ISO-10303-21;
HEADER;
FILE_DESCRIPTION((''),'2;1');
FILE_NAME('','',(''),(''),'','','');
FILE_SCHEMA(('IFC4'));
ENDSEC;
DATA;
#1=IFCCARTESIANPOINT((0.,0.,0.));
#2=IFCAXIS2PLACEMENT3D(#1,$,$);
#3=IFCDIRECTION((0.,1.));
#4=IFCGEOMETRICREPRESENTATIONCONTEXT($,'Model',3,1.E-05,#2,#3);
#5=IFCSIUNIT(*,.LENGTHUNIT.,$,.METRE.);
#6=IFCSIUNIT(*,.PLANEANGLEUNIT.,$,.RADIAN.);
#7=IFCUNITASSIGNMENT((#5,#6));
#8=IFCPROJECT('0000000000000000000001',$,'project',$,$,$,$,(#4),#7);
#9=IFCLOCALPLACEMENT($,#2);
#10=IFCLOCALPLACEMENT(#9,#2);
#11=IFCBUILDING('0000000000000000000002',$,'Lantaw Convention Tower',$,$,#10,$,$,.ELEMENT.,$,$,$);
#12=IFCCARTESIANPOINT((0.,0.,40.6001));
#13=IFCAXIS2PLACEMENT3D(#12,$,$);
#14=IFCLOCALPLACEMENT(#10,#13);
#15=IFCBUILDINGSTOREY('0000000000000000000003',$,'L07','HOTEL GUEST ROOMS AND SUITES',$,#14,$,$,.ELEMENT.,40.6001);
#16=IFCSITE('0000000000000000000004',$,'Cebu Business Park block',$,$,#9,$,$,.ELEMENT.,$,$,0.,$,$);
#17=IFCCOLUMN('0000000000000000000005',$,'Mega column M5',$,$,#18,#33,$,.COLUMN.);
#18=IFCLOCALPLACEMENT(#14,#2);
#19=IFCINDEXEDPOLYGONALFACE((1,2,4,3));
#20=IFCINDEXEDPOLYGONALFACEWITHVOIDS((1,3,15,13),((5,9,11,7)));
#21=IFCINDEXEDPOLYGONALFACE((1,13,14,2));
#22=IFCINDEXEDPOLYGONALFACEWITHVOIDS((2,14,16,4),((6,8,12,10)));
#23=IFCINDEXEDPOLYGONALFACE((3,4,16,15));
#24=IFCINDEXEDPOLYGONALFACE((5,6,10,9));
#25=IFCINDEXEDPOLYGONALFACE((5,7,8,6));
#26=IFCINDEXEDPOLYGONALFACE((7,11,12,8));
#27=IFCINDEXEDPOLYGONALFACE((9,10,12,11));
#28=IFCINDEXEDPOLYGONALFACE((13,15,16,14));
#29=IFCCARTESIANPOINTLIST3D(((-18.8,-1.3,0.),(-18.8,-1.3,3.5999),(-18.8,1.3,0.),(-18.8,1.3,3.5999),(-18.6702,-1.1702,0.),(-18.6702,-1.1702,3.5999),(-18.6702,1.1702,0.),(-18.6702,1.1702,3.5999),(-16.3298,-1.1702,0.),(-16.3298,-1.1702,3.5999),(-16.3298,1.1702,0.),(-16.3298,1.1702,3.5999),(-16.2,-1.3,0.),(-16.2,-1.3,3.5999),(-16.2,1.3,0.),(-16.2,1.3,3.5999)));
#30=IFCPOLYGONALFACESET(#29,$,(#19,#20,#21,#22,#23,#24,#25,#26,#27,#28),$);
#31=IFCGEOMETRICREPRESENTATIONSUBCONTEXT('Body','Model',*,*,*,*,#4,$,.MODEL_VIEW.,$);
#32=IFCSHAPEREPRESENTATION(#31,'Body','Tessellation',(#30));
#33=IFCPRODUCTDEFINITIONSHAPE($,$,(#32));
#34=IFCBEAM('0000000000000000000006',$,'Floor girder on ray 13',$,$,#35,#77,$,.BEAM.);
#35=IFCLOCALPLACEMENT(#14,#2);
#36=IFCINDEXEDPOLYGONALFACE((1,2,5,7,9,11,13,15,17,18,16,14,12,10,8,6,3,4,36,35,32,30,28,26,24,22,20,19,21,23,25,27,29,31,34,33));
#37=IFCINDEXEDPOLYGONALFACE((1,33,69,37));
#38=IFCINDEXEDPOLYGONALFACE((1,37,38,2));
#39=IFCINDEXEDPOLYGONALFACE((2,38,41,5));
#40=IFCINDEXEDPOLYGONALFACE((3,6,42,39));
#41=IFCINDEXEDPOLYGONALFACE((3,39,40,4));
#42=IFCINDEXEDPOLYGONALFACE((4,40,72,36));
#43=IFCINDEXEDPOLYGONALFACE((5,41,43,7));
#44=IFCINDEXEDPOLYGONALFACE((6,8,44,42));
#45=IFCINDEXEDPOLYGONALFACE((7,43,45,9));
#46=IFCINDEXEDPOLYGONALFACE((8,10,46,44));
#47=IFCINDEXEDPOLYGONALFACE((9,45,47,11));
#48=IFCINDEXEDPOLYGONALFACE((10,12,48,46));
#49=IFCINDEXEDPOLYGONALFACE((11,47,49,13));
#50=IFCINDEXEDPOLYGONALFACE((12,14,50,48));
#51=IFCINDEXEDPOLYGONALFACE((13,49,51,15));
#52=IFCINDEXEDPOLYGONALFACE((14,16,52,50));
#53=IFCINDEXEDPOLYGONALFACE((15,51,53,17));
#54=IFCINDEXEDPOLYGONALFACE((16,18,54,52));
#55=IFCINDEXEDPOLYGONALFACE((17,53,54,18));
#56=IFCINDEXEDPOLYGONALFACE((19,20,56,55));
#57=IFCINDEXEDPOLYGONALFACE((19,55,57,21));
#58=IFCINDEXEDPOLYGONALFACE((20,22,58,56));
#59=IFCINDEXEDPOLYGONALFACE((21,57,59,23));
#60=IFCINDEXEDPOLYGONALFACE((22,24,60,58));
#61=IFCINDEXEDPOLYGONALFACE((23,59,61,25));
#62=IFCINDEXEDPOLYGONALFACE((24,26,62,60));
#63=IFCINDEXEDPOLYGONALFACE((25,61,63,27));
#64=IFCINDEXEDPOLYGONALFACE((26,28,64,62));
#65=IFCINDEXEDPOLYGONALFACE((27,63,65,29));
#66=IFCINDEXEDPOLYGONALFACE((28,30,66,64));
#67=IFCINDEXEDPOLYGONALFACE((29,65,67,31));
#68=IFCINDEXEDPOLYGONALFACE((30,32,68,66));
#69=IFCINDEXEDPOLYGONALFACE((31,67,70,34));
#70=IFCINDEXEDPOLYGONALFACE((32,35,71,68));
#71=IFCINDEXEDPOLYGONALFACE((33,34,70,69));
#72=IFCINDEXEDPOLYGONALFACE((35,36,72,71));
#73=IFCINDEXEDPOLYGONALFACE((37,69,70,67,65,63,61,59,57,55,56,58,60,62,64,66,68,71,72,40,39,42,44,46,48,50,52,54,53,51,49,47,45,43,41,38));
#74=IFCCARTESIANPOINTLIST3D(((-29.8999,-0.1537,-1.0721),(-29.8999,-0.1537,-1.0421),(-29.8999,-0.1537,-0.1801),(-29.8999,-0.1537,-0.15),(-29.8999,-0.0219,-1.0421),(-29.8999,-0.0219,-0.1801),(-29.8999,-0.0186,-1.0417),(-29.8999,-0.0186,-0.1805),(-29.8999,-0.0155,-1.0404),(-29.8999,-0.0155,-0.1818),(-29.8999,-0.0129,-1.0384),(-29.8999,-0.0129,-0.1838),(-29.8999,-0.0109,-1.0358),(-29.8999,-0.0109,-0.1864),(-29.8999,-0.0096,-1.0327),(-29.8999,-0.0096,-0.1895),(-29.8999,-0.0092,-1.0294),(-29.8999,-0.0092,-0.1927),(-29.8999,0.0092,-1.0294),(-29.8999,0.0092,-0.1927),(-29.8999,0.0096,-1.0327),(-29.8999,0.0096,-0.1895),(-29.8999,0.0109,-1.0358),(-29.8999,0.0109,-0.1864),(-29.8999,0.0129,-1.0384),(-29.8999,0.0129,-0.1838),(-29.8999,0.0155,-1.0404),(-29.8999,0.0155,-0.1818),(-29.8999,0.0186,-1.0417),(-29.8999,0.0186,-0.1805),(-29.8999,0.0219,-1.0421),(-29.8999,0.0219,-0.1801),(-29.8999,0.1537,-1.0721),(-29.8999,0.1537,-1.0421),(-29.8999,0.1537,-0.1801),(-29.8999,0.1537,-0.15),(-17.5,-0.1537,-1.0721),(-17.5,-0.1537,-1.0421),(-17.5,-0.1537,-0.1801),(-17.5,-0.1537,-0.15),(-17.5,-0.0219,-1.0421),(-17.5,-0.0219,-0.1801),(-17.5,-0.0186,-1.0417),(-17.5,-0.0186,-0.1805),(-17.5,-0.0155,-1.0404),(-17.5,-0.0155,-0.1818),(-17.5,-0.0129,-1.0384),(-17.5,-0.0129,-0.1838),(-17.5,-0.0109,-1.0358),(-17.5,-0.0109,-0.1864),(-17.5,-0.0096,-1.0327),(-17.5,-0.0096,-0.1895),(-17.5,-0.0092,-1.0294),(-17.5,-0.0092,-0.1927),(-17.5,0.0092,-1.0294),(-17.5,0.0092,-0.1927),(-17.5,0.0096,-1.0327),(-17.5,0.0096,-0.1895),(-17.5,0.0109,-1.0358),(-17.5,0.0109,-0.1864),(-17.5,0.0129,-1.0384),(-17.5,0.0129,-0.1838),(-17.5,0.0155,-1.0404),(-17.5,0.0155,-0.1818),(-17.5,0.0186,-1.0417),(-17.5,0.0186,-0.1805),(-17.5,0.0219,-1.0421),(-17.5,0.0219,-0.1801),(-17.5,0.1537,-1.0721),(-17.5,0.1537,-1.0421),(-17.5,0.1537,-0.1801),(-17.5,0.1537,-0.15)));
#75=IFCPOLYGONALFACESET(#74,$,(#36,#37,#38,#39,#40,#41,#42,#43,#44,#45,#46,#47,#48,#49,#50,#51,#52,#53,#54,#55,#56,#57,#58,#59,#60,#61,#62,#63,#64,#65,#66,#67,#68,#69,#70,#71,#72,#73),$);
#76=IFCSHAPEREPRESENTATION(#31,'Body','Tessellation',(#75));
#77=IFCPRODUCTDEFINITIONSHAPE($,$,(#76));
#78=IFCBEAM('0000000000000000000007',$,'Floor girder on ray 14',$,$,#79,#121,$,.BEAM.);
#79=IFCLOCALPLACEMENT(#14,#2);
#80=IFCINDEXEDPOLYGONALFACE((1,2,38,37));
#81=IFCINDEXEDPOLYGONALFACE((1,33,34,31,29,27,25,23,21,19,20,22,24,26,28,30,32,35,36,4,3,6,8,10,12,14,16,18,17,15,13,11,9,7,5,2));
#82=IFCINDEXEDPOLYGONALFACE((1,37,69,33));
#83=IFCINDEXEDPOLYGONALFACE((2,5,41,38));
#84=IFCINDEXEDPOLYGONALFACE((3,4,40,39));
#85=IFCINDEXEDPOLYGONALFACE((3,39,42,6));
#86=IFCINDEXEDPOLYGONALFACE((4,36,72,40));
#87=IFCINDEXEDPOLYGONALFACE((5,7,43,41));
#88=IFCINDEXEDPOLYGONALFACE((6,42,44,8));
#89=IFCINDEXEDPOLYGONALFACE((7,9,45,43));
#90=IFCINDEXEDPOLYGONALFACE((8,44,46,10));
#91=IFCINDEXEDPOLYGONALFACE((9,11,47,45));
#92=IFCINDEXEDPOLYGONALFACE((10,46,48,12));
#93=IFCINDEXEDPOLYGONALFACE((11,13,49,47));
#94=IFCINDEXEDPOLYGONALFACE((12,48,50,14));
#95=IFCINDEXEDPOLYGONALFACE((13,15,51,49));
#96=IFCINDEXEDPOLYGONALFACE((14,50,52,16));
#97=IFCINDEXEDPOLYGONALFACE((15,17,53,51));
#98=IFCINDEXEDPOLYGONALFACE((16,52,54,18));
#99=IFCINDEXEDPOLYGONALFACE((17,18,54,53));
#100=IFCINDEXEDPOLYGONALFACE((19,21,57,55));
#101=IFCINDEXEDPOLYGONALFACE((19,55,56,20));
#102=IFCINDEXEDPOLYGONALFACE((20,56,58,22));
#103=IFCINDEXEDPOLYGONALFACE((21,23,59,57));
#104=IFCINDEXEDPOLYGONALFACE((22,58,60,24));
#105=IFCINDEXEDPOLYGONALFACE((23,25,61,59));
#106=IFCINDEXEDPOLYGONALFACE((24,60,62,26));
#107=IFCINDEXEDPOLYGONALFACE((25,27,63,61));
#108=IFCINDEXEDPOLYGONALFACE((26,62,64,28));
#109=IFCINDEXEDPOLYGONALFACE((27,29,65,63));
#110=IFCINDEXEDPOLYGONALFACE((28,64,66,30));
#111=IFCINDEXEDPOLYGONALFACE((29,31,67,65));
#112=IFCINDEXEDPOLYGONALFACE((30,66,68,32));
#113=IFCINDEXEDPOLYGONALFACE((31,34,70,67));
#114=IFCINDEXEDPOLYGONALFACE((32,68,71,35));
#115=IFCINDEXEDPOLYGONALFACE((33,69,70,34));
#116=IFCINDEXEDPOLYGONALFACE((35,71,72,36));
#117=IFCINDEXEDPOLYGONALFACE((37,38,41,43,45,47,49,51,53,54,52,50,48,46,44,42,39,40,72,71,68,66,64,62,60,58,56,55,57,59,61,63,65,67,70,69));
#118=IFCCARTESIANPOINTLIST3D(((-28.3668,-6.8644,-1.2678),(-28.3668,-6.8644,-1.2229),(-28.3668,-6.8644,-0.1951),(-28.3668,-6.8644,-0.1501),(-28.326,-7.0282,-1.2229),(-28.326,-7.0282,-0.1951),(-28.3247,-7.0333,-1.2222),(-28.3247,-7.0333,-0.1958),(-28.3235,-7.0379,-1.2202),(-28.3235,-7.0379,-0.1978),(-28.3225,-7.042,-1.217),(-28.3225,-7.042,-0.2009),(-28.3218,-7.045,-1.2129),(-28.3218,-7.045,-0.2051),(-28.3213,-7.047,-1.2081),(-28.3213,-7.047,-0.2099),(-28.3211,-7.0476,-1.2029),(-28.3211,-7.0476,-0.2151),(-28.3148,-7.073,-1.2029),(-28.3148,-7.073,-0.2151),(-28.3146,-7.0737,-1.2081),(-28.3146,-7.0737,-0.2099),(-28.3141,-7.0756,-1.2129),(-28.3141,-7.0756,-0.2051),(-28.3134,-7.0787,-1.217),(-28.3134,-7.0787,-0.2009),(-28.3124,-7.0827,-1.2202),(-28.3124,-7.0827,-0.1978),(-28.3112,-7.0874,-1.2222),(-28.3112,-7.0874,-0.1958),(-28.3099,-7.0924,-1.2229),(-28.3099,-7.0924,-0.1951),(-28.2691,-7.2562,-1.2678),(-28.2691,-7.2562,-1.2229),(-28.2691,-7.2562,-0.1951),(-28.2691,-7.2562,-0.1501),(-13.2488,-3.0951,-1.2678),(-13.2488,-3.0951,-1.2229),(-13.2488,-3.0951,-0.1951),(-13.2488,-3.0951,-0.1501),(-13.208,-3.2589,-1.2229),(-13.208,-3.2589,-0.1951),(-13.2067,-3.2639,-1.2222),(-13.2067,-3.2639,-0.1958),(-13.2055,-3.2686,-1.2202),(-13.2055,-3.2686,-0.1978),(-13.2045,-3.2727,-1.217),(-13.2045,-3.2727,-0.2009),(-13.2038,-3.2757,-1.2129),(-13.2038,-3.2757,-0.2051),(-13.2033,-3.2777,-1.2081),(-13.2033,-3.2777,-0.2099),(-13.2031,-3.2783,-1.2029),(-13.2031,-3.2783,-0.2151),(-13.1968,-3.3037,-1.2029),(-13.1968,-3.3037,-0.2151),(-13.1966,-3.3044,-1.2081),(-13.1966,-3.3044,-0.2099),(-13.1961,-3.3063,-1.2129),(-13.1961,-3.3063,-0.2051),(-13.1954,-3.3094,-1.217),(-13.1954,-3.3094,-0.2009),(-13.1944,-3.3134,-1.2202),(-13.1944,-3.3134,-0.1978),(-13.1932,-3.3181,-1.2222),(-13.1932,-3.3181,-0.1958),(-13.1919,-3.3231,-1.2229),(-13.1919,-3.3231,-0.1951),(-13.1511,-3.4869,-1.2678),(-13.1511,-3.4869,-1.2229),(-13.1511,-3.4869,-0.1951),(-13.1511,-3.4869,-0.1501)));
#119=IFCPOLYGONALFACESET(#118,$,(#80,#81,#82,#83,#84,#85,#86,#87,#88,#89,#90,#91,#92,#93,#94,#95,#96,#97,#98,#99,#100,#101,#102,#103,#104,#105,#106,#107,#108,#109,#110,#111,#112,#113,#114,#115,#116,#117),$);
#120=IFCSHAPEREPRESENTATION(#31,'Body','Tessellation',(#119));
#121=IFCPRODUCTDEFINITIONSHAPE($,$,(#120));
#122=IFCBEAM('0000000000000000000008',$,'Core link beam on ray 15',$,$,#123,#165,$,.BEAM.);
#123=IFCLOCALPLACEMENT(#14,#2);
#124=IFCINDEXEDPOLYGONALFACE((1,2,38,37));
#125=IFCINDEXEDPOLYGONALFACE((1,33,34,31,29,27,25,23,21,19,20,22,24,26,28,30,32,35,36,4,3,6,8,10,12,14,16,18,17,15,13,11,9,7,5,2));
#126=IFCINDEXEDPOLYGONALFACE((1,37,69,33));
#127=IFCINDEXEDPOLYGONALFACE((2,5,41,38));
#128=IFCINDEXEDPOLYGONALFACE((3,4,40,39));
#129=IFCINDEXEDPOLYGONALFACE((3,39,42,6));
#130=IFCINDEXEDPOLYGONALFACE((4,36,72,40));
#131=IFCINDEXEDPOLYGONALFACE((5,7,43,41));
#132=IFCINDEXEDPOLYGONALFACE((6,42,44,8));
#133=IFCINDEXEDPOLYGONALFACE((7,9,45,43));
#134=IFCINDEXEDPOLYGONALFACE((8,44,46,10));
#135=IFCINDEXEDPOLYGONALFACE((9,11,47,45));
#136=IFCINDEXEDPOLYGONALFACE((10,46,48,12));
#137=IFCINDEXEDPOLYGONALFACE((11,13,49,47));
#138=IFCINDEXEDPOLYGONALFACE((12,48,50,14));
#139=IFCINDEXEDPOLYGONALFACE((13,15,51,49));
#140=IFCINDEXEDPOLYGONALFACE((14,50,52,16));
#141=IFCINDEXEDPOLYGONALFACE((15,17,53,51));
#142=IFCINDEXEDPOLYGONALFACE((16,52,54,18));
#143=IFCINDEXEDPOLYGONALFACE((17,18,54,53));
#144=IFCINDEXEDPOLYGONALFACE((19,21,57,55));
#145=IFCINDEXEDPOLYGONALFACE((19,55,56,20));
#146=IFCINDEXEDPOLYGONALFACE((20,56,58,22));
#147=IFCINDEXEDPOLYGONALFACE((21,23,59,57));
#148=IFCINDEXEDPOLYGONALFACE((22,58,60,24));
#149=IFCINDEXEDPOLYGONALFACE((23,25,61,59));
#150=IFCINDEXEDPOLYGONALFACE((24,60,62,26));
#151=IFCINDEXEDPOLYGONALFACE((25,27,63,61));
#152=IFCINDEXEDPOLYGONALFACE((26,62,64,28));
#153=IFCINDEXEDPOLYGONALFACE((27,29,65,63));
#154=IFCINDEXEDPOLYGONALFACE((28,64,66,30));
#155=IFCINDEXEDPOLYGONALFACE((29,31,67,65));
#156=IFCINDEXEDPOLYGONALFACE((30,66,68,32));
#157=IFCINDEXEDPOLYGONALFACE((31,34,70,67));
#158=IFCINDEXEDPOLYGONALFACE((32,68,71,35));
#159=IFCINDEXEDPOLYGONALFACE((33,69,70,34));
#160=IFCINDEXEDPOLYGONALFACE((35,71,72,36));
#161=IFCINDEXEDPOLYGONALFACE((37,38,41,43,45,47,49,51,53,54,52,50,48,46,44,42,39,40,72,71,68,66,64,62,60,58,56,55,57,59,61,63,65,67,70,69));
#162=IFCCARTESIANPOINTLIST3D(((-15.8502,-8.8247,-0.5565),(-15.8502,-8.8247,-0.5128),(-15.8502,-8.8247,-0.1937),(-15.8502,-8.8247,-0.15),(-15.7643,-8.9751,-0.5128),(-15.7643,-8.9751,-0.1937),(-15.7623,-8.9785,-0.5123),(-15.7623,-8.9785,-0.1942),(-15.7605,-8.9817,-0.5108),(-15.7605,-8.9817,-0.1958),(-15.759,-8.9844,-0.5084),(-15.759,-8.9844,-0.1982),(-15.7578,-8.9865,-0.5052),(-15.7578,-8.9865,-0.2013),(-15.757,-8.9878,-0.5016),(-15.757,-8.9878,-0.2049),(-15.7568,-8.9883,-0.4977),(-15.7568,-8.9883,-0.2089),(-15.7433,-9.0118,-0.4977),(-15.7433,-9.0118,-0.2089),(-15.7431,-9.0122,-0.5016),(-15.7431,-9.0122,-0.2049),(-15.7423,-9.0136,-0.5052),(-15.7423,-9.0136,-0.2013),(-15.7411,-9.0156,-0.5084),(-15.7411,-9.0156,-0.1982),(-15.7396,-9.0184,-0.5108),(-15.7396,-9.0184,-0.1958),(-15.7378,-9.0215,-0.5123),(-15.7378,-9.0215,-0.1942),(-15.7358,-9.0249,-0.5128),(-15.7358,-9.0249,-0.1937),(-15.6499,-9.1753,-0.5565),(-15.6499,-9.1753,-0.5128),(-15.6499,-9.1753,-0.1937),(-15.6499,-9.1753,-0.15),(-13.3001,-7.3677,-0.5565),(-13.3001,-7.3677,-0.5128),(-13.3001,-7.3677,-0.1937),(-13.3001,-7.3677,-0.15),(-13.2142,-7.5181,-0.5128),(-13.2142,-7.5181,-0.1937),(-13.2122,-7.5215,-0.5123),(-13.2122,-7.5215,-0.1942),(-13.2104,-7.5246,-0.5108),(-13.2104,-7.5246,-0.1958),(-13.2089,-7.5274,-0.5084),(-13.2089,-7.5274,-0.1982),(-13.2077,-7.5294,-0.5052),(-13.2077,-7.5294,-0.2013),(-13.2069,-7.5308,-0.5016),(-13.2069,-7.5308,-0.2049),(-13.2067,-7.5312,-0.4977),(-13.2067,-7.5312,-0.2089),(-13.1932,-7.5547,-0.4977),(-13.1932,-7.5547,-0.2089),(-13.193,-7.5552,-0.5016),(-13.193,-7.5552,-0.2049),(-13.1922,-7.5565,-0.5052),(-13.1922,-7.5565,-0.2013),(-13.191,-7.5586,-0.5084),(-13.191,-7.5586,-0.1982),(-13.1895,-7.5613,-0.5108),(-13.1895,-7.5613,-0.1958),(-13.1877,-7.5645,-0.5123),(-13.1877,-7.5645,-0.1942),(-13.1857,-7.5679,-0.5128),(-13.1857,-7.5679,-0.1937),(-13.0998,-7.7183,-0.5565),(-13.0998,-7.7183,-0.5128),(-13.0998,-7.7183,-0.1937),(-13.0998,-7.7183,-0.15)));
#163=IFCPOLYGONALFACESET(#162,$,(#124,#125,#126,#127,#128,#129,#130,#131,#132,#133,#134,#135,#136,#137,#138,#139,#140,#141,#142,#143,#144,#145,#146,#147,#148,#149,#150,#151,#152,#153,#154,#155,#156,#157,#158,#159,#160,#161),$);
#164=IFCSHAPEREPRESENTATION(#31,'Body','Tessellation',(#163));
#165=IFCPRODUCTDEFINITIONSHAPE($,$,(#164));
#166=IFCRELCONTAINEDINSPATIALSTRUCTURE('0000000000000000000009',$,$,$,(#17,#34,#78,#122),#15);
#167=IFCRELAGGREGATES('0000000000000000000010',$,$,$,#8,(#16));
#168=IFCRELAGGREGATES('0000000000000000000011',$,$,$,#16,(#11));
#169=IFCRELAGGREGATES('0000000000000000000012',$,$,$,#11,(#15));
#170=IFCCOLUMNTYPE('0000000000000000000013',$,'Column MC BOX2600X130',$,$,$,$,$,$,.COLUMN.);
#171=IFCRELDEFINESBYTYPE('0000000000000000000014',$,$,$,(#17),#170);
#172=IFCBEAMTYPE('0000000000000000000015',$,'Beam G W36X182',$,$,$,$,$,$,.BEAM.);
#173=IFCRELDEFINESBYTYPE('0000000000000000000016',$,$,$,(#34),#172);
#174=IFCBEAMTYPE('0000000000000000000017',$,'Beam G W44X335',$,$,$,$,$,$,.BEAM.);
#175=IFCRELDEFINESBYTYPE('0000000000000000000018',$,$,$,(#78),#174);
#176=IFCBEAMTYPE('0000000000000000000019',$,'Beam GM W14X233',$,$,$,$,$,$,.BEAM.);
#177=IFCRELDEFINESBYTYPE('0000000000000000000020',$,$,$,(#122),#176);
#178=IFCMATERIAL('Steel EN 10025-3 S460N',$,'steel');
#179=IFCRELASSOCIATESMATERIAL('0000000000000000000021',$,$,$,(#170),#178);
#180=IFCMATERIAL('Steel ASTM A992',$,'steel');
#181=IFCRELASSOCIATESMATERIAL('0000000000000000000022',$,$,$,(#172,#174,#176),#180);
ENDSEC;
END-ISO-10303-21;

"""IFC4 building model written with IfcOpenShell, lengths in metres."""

from ifc_helpers import new_model, si_unit, direction, frame, origin, origin_2d, place, context, subcontext, project, spatial, rectangle, hollow_rectangle, i_section, extrude, material, material_profile, profile_set, type_object, element, save


model = new_model("IFC4")

# Units and contexts
model_context = context("Model", 3, precision=1e-05, world=origin(), true_north=direction((0.0, 1.0)))
body_context = subcontext(model_context, "Body", "Model", "MODEL_VIEW")
ifc_project = project(units=[si_unit("LENGTHUNIT", "METRE"), si_unit("PLANEANGLEUNIT", "RADIAN")], contexts=[model_context])

# Site, building, storey
site_placement = place(None, origin())
site = spatial("IfcSite", under=ifc_project, at=site_placement, Name="Cebu Business Park block", CompositionType="ELEMENT", RefElevation=0.0)
building_placement = place(site_placement, origin())
building = spatial("IfcBuilding", under=site, at=building_placement, Name="Lantaw Convention Tower", CompositionType="ELEMENT")
storey_placement = place(building_placement, frame((0.0, 0.0, 40.6001)))
storey = spatial("IfcBuildingStorey", under=building, at=storey_placement, Name="L07", Description="HOTEL GUEST ROOMS AND SUITES", CompositionType="ELEMENT", Elevation=40.6001)

# Column
ifc_material_1 = material(Name="Steel EN 10025-3 S460N", Category="steel")
ifc_material_profile_1 = material_profile(ifc_material_1, hollow_rectangle(XDim=2.6001, YDim=2.6001, WallThickness=0.1299, at=origin_2d()), Name="BOX2600X130")
ifc_material_2 = material(Name="Concrete C60/75", Category="concrete")
ifc_material_profile_2 = material_profile(ifc_material_2, rectangle(XDim=2.3401, YDim=2.3401, at=origin_2d()), Name="Concrete fill of BOX2600X130")
ifc_profile_set_1 = profile_set([ifc_material_profile_1, ifc_material_profile_2], Name="Steel EN 10025-3 S460N")
column_type = type_object("IfcColumnType", Name="Column MC BOX2600X130", PredefinedType="COLUMN", material=ifc_profile_set_1)
column_placement = place(storey_placement, frame((-17.5, 0.0, 0.0), z_axis=(0.0, 0.0, 1.0), x_axis=(1.0, 0.0, 0.0)))
element("IfcColumn", 1, at=column_placement, inside=storey, type_object=column_type, Name="Mega column M5", PredefinedType="COLUMN", context=body_context, shape_type="SweptSolid", body=[
    extrude(hollow_rectangle(XDim=2.6001, YDim=2.6001, WallThickness=0.1299, at=origin_2d()), origin(), (0.0, 0.0, 1.0), 3.5999),
])

# Beams
ifc_material_3 = material(Name="Steel ASTM A992", Category="steel")
ifc_material_profile_3 = material_profile(ifc_material_3, i_section(OverallWidth=0.3074, OverallDepth=0.9221, WebThickness=0.0183, FlangeThickness=0.03, FilletRadius=0.0127, at=origin_2d()), Name="W36X182")
ifc_profile_set_2 = profile_set([ifc_material_profile_3], Name="Steel ASTM A992")
beam_type_1 = type_object("IfcBeamType", Name="Beam G W36X182", PredefinedType="BEAM", material=ifc_profile_set_2)
beam_1_placement = place(storey_placement, frame((-17.5, 0.0, -0.6111), z_axis=(-1.0, 0.0, 0.0), x_axis=(0.0, -1.0, 0.0)))
element("IfcBeam", 2, at=beam_1_placement, inside=storey, type_object=beam_type_1, Name="Floor girder on ray 13", PredefinedType="BEAM", context=body_context, shape_type="SweptSolid", body=[
    extrude(i_section(OverallWidth=0.3074, OverallDepth=0.9221, WebThickness=0.0183, FlangeThickness=0.03, FilletRadius=0.0127, at=origin_2d()), origin(), (0.0, 0.0, 1.0), 12.3999),
])
ifc_material_profile_4 = material_profile(ifc_material_3, i_section(OverallWidth=0.4038, OverallDepth=1.1177, WebThickness=0.0261, FlangeThickness=0.0449, FilletRadius=0.02, at=origin_2d()), Name="W44X335")
ifc_profile_set_3 = profile_set([ifc_material_profile_4], Name="Steel ASTM A992")
beam_type_2 = type_object("IfcBeamType", Name="Beam G W44X335", PredefinedType="BEAM", material=ifc_profile_set_3)
beam_2_placement = place(storey_placement, frame((-13.2, -3.291, -0.709), z_axis=(-0.970296, -0.24192, 0.0), x_axis=(0.24192, -0.970296, 0.0)))
element("IfcBeam", 3, at=beam_2_placement, inside=storey, type_object=beam_type_2, Name="Floor girder on ray 14", PredefinedType="BEAM", context=body_context, shape_type="SweptSolid", body=[
    extrude(i_section(OverallWidth=0.4038, OverallDepth=1.1177, WebThickness=0.0261, FlangeThickness=0.0449, FilletRadius=0.02, at=origin_2d()), origin(), (0.0, 0.0, 1.0), 15.5808),
])
ifc_material_profile_5 = material_profile(ifc_material_3, i_section(OverallWidth=0.4038, OverallDepth=0.4065, WebThickness=0.0271, FlangeThickness=0.0437, FilletRadius=0.0151, at=origin_2d()), Name="W14X233")
ifc_profile_set_4 = profile_set([ifc_material_profile_5], Name="Steel ASTM A992")
beam_type_3 = type_object("IfcBeamType", Name="Beam GM W14X233", PredefinedType="BEAM", material=ifc_profile_set_4)
beam_3_placement = place(storey_placement, frame((-13.2, -7.543, -0.3533), z_axis=(-0.868264, -0.496103, 0.0), x_axis=(0.496103, -0.868264, 0.0)))
element("IfcBeam", 4, at=beam_3_placement, inside=storey, type_object=beam_type_3, Name="Core link beam on ray 15", PredefinedType="BEAM", context=body_context, shape_type="SweptSolid", body=[
    extrude(i_section(OverallWidth=0.4038, OverallDepth=0.4065, WebThickness=0.0271, FlangeThickness=0.0437, FilletRadius=0.0151, at=origin_2d()), origin(), (0.0, 0.0, 1.0), 2.937),
])

save(model, "model.ifc")
